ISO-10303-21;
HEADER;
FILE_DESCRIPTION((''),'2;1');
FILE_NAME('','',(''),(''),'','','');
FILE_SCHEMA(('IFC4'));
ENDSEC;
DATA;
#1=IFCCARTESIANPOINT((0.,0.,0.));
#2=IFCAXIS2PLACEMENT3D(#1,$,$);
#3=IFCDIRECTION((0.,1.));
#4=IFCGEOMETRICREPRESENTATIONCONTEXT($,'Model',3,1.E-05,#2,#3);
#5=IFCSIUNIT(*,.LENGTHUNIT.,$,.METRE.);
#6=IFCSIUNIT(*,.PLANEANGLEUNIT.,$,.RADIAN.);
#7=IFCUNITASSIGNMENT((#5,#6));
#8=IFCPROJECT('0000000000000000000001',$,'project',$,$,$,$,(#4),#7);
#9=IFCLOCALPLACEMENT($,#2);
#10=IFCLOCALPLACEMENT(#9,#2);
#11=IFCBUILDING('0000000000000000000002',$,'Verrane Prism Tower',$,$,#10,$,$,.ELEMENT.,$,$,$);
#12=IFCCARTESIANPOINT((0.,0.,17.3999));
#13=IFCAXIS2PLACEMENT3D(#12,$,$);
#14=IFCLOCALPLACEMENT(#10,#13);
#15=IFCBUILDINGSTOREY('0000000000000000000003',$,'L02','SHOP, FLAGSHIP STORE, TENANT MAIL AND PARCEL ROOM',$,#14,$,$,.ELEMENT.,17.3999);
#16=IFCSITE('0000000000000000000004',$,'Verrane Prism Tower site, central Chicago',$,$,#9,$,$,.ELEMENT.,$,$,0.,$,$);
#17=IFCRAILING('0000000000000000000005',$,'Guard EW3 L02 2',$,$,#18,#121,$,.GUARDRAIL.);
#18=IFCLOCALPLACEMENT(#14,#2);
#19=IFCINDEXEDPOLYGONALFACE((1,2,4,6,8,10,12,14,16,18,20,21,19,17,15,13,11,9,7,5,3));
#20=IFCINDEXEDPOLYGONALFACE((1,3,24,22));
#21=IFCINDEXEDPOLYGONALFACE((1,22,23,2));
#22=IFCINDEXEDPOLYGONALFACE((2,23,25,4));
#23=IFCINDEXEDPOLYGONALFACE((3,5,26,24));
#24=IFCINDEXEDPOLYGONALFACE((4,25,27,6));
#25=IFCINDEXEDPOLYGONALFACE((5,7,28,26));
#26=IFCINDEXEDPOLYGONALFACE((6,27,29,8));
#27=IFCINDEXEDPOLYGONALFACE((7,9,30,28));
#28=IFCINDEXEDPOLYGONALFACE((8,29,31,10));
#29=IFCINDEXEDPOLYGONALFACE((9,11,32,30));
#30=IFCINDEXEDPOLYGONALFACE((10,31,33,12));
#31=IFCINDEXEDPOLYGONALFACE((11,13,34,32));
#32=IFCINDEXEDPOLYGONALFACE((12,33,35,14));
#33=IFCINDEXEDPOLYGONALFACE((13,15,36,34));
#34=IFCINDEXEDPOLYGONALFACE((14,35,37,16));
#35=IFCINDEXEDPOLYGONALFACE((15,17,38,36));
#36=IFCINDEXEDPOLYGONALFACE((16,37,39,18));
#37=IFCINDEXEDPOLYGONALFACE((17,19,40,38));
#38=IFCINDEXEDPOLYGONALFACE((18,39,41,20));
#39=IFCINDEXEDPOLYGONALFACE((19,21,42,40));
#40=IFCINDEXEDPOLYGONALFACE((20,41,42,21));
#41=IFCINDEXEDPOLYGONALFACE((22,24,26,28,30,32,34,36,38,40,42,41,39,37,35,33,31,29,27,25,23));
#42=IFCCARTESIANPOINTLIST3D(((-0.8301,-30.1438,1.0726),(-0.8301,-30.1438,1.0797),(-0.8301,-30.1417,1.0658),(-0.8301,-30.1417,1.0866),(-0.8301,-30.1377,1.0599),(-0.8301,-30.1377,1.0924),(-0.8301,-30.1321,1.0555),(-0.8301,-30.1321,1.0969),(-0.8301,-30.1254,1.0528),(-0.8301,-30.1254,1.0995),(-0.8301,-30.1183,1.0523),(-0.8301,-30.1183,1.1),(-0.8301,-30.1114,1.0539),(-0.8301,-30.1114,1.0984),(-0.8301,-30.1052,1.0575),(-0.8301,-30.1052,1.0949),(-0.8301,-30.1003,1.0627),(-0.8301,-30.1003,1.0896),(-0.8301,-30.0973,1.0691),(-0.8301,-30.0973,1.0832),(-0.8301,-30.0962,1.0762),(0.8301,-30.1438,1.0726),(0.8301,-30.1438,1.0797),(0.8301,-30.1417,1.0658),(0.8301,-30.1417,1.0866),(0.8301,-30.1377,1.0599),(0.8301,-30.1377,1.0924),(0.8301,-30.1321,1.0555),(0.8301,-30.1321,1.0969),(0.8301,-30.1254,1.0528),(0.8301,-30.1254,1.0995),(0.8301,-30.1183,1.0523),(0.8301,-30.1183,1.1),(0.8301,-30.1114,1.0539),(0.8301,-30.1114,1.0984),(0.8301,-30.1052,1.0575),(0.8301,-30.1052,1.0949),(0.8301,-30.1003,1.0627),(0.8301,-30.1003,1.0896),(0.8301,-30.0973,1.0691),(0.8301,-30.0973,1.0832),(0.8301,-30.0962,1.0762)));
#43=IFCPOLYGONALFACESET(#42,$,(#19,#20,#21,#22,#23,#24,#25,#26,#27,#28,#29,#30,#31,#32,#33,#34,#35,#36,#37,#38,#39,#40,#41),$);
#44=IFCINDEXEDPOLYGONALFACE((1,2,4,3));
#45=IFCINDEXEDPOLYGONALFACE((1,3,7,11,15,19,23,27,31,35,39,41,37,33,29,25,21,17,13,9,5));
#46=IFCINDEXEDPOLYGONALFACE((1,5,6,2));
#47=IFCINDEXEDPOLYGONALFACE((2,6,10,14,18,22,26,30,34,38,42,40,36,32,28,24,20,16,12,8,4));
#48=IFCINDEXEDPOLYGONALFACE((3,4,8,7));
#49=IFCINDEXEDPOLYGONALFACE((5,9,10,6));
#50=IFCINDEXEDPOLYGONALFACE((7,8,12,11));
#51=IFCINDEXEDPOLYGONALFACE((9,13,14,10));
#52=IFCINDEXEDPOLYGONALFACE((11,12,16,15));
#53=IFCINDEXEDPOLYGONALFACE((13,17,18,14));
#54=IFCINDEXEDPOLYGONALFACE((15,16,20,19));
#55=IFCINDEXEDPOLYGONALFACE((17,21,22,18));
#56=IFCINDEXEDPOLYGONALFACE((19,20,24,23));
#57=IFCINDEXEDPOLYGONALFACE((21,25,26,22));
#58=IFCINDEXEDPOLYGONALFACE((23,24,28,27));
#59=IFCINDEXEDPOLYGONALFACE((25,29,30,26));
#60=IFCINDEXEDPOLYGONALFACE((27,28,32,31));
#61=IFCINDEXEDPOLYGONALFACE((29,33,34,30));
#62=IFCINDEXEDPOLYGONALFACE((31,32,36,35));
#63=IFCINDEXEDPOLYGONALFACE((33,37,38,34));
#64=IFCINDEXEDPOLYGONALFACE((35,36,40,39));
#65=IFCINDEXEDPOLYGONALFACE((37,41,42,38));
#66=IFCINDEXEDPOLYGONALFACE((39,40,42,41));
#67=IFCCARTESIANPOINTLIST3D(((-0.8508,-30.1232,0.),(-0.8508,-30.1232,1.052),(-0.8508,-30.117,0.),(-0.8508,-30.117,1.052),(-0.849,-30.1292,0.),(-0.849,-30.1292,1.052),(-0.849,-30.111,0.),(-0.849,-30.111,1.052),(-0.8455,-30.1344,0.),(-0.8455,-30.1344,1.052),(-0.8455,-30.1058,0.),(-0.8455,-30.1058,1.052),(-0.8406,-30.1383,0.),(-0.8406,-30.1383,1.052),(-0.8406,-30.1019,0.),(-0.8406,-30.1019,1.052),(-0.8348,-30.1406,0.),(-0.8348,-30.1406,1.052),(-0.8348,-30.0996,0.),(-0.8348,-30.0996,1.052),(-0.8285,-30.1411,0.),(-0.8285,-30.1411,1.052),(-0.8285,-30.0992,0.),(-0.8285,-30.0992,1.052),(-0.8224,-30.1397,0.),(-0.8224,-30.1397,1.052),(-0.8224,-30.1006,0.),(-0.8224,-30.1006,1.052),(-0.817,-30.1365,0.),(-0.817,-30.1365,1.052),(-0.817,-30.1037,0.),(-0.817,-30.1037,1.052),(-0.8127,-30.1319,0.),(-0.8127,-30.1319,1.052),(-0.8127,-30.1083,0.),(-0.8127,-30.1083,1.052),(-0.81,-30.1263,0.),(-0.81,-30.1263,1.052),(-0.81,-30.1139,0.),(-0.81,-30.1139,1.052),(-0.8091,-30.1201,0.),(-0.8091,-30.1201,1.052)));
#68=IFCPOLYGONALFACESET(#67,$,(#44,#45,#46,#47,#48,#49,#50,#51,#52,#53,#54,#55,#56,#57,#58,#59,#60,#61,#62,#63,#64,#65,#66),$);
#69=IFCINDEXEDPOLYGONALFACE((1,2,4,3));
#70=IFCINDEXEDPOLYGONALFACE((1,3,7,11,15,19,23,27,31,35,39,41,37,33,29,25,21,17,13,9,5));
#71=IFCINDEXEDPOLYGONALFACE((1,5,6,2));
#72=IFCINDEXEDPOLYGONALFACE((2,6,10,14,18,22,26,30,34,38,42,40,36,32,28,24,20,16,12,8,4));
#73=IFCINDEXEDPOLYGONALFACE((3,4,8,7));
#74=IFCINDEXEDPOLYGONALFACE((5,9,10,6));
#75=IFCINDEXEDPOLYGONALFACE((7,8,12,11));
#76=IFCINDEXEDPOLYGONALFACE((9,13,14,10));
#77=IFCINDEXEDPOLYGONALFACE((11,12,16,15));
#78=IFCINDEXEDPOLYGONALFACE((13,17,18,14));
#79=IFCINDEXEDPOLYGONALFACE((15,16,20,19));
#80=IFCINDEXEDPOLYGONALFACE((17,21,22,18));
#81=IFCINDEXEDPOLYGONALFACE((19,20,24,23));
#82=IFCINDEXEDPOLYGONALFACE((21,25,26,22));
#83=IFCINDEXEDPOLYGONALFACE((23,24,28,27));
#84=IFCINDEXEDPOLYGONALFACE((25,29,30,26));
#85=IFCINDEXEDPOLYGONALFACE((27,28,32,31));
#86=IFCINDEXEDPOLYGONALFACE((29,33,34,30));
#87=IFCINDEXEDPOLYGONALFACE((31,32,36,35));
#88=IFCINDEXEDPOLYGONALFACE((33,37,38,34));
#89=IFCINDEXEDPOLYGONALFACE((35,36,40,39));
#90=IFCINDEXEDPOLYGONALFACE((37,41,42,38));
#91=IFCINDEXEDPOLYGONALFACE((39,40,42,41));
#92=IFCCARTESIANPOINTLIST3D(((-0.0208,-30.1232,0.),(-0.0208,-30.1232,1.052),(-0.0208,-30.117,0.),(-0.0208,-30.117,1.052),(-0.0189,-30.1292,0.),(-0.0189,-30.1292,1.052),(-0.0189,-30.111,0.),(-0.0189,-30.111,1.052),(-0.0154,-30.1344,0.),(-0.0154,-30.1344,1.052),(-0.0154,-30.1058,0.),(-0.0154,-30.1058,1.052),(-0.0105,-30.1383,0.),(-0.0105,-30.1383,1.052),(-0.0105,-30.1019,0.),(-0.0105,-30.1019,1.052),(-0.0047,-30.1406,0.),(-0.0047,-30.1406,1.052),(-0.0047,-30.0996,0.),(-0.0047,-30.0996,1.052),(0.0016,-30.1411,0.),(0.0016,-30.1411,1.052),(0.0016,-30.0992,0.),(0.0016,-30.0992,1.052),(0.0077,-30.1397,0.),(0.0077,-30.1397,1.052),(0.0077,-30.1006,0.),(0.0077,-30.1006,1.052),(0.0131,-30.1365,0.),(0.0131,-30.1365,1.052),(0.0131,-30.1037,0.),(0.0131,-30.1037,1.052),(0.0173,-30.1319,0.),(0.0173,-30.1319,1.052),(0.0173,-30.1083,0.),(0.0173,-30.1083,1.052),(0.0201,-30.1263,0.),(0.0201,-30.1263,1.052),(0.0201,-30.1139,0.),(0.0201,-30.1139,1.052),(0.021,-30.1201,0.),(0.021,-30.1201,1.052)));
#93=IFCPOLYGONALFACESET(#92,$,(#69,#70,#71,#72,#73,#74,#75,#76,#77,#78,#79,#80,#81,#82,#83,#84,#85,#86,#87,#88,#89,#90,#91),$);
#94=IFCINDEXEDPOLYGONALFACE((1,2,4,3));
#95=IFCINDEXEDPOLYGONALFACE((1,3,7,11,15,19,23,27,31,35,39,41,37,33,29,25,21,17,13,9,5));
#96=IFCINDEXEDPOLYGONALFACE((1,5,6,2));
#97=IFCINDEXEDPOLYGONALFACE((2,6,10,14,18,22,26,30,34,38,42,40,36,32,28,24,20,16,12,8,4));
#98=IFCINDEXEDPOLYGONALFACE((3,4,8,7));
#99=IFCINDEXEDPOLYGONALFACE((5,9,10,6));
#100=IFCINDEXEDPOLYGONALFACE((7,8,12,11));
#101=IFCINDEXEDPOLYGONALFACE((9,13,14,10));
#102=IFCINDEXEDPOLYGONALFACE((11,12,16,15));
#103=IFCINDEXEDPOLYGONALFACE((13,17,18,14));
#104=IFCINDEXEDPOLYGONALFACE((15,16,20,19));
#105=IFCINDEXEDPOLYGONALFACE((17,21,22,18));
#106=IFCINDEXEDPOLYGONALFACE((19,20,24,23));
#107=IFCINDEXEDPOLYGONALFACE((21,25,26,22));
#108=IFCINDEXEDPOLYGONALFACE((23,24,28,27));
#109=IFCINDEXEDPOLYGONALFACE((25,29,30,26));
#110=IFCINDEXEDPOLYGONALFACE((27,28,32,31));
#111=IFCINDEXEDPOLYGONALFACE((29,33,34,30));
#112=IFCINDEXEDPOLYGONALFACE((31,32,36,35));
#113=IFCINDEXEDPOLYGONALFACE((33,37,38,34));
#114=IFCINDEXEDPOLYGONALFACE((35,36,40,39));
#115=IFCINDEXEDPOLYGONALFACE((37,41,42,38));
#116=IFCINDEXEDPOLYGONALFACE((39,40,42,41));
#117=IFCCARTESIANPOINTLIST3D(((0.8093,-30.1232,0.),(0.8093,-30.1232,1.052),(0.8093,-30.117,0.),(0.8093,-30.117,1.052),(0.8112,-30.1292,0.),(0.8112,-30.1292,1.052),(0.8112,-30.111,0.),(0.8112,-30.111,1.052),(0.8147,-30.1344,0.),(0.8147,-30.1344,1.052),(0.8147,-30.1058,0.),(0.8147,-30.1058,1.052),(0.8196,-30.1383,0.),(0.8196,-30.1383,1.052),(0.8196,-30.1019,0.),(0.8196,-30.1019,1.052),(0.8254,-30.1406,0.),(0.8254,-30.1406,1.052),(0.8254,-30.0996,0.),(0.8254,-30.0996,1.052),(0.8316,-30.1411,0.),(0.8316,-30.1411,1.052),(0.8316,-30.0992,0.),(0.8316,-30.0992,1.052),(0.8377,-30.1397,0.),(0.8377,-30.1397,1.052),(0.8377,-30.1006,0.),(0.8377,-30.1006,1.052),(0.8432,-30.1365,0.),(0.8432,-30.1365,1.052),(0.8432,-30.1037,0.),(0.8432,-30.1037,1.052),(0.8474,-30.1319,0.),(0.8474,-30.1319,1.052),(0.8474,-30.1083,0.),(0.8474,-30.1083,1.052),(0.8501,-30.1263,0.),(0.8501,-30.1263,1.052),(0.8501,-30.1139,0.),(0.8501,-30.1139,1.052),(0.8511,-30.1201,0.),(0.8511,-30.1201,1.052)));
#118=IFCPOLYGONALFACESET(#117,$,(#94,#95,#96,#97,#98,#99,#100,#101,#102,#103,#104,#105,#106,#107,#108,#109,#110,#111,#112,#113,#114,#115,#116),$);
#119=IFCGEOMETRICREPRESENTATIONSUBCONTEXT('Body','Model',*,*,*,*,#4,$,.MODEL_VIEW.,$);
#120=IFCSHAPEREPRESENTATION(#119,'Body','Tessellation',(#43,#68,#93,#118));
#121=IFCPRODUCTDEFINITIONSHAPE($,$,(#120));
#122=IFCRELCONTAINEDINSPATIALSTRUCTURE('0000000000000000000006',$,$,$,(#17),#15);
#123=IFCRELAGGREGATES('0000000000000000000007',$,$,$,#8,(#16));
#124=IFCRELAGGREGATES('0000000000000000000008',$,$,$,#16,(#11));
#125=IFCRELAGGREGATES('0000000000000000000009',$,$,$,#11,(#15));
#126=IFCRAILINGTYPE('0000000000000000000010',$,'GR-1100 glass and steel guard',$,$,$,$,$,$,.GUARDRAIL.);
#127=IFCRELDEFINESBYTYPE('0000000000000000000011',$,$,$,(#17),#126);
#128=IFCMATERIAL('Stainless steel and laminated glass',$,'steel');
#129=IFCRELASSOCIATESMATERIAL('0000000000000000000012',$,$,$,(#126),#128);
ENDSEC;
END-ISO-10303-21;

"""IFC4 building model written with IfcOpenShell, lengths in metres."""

from ifc_helpers import new_model, si_unit, direction, frame, origin, origin_2d, place, context, subcontext, project, spatial, circle, extrude, material, type_object, element, save


model = new_model("IFC4")

# Units and contexts
model_context = context("Model", 3, precision=1e-05, world=origin(), true_north=direction((0.0, 1.0)))
body_context = subcontext(model_context, "Body", "Model", "MODEL_VIEW")
ifc_project = project(units=[si_unit("LENGTHUNIT", "METRE"), si_unit("PLANEANGLEUNIT", "RADIAN")], contexts=[model_context])

# Site, building, storey
site_placement = place(None, origin())
site = spatial("IfcSite", under=ifc_project, at=site_placement, Name="Verrane Prism Tower site, central Chicago", CompositionType="ELEMENT", RefElevation=0.0)
building_placement = place(site_placement, origin())
building = spatial("IfcBuilding", under=site, at=building_placement, Name="Verrane Prism Tower", CompositionType="ELEMENT")
storey_placement = place(building_placement, frame((0.0, 0.0, 17.3999)))
storey = spatial("IfcBuildingStorey", under=building, at=storey_placement, Name="L02", Description="SHOP, FLAGSHIP STORE, TENANT MAIL AND PARCEL ROOM", CompositionType="ELEMENT", Elevation=17.3999)

# Railing
ifc_material_1 = material(Name="Stainless steel and laminated glass", Category="steel")
railing_type = type_object("IfcRailingType", Name="GR-1100 glass and steel guard", PredefinedType="GUARDRAIL", material=ifc_material_1)
railing_placement = place(storey_placement, frame((-0.8301, -30.1201, 0.0)))
element("IfcRailing", 1, at=railing_placement, inside=storey, type_object=railing_type, Name="Guard EW3 L02 2", PredefinedType="GUARDRAIL", context=body_context, shape_type="SweptSolid", body=[
    extrude(circle(Radius=0.0239, at=origin_2d()), frame((0.0, 0.0, 1.0762), z_axis=(1.0, 0.0, 0.0), x_axis=(0.0, 1.0, 0.0)), (0.0, 0.0, 1.0), 1.6602),
    extrude(circle(Radius=0.021, at=origin_2d()), origin(), (0.0, 0.0, 1.0), 1.052),
    extrude(circle(Radius=0.021, at=origin_2d()), frame((0.8301, 0.0, 0.0)), (0.0, 0.0, 1.0), 1.052),
    extrude(circle(Radius=0.021, at=origin_2d()), frame((1.6602, 0.0, 0.0)), (0.0, 0.0, 1.0), 1.052),
])

save(model, "model.ifc")
